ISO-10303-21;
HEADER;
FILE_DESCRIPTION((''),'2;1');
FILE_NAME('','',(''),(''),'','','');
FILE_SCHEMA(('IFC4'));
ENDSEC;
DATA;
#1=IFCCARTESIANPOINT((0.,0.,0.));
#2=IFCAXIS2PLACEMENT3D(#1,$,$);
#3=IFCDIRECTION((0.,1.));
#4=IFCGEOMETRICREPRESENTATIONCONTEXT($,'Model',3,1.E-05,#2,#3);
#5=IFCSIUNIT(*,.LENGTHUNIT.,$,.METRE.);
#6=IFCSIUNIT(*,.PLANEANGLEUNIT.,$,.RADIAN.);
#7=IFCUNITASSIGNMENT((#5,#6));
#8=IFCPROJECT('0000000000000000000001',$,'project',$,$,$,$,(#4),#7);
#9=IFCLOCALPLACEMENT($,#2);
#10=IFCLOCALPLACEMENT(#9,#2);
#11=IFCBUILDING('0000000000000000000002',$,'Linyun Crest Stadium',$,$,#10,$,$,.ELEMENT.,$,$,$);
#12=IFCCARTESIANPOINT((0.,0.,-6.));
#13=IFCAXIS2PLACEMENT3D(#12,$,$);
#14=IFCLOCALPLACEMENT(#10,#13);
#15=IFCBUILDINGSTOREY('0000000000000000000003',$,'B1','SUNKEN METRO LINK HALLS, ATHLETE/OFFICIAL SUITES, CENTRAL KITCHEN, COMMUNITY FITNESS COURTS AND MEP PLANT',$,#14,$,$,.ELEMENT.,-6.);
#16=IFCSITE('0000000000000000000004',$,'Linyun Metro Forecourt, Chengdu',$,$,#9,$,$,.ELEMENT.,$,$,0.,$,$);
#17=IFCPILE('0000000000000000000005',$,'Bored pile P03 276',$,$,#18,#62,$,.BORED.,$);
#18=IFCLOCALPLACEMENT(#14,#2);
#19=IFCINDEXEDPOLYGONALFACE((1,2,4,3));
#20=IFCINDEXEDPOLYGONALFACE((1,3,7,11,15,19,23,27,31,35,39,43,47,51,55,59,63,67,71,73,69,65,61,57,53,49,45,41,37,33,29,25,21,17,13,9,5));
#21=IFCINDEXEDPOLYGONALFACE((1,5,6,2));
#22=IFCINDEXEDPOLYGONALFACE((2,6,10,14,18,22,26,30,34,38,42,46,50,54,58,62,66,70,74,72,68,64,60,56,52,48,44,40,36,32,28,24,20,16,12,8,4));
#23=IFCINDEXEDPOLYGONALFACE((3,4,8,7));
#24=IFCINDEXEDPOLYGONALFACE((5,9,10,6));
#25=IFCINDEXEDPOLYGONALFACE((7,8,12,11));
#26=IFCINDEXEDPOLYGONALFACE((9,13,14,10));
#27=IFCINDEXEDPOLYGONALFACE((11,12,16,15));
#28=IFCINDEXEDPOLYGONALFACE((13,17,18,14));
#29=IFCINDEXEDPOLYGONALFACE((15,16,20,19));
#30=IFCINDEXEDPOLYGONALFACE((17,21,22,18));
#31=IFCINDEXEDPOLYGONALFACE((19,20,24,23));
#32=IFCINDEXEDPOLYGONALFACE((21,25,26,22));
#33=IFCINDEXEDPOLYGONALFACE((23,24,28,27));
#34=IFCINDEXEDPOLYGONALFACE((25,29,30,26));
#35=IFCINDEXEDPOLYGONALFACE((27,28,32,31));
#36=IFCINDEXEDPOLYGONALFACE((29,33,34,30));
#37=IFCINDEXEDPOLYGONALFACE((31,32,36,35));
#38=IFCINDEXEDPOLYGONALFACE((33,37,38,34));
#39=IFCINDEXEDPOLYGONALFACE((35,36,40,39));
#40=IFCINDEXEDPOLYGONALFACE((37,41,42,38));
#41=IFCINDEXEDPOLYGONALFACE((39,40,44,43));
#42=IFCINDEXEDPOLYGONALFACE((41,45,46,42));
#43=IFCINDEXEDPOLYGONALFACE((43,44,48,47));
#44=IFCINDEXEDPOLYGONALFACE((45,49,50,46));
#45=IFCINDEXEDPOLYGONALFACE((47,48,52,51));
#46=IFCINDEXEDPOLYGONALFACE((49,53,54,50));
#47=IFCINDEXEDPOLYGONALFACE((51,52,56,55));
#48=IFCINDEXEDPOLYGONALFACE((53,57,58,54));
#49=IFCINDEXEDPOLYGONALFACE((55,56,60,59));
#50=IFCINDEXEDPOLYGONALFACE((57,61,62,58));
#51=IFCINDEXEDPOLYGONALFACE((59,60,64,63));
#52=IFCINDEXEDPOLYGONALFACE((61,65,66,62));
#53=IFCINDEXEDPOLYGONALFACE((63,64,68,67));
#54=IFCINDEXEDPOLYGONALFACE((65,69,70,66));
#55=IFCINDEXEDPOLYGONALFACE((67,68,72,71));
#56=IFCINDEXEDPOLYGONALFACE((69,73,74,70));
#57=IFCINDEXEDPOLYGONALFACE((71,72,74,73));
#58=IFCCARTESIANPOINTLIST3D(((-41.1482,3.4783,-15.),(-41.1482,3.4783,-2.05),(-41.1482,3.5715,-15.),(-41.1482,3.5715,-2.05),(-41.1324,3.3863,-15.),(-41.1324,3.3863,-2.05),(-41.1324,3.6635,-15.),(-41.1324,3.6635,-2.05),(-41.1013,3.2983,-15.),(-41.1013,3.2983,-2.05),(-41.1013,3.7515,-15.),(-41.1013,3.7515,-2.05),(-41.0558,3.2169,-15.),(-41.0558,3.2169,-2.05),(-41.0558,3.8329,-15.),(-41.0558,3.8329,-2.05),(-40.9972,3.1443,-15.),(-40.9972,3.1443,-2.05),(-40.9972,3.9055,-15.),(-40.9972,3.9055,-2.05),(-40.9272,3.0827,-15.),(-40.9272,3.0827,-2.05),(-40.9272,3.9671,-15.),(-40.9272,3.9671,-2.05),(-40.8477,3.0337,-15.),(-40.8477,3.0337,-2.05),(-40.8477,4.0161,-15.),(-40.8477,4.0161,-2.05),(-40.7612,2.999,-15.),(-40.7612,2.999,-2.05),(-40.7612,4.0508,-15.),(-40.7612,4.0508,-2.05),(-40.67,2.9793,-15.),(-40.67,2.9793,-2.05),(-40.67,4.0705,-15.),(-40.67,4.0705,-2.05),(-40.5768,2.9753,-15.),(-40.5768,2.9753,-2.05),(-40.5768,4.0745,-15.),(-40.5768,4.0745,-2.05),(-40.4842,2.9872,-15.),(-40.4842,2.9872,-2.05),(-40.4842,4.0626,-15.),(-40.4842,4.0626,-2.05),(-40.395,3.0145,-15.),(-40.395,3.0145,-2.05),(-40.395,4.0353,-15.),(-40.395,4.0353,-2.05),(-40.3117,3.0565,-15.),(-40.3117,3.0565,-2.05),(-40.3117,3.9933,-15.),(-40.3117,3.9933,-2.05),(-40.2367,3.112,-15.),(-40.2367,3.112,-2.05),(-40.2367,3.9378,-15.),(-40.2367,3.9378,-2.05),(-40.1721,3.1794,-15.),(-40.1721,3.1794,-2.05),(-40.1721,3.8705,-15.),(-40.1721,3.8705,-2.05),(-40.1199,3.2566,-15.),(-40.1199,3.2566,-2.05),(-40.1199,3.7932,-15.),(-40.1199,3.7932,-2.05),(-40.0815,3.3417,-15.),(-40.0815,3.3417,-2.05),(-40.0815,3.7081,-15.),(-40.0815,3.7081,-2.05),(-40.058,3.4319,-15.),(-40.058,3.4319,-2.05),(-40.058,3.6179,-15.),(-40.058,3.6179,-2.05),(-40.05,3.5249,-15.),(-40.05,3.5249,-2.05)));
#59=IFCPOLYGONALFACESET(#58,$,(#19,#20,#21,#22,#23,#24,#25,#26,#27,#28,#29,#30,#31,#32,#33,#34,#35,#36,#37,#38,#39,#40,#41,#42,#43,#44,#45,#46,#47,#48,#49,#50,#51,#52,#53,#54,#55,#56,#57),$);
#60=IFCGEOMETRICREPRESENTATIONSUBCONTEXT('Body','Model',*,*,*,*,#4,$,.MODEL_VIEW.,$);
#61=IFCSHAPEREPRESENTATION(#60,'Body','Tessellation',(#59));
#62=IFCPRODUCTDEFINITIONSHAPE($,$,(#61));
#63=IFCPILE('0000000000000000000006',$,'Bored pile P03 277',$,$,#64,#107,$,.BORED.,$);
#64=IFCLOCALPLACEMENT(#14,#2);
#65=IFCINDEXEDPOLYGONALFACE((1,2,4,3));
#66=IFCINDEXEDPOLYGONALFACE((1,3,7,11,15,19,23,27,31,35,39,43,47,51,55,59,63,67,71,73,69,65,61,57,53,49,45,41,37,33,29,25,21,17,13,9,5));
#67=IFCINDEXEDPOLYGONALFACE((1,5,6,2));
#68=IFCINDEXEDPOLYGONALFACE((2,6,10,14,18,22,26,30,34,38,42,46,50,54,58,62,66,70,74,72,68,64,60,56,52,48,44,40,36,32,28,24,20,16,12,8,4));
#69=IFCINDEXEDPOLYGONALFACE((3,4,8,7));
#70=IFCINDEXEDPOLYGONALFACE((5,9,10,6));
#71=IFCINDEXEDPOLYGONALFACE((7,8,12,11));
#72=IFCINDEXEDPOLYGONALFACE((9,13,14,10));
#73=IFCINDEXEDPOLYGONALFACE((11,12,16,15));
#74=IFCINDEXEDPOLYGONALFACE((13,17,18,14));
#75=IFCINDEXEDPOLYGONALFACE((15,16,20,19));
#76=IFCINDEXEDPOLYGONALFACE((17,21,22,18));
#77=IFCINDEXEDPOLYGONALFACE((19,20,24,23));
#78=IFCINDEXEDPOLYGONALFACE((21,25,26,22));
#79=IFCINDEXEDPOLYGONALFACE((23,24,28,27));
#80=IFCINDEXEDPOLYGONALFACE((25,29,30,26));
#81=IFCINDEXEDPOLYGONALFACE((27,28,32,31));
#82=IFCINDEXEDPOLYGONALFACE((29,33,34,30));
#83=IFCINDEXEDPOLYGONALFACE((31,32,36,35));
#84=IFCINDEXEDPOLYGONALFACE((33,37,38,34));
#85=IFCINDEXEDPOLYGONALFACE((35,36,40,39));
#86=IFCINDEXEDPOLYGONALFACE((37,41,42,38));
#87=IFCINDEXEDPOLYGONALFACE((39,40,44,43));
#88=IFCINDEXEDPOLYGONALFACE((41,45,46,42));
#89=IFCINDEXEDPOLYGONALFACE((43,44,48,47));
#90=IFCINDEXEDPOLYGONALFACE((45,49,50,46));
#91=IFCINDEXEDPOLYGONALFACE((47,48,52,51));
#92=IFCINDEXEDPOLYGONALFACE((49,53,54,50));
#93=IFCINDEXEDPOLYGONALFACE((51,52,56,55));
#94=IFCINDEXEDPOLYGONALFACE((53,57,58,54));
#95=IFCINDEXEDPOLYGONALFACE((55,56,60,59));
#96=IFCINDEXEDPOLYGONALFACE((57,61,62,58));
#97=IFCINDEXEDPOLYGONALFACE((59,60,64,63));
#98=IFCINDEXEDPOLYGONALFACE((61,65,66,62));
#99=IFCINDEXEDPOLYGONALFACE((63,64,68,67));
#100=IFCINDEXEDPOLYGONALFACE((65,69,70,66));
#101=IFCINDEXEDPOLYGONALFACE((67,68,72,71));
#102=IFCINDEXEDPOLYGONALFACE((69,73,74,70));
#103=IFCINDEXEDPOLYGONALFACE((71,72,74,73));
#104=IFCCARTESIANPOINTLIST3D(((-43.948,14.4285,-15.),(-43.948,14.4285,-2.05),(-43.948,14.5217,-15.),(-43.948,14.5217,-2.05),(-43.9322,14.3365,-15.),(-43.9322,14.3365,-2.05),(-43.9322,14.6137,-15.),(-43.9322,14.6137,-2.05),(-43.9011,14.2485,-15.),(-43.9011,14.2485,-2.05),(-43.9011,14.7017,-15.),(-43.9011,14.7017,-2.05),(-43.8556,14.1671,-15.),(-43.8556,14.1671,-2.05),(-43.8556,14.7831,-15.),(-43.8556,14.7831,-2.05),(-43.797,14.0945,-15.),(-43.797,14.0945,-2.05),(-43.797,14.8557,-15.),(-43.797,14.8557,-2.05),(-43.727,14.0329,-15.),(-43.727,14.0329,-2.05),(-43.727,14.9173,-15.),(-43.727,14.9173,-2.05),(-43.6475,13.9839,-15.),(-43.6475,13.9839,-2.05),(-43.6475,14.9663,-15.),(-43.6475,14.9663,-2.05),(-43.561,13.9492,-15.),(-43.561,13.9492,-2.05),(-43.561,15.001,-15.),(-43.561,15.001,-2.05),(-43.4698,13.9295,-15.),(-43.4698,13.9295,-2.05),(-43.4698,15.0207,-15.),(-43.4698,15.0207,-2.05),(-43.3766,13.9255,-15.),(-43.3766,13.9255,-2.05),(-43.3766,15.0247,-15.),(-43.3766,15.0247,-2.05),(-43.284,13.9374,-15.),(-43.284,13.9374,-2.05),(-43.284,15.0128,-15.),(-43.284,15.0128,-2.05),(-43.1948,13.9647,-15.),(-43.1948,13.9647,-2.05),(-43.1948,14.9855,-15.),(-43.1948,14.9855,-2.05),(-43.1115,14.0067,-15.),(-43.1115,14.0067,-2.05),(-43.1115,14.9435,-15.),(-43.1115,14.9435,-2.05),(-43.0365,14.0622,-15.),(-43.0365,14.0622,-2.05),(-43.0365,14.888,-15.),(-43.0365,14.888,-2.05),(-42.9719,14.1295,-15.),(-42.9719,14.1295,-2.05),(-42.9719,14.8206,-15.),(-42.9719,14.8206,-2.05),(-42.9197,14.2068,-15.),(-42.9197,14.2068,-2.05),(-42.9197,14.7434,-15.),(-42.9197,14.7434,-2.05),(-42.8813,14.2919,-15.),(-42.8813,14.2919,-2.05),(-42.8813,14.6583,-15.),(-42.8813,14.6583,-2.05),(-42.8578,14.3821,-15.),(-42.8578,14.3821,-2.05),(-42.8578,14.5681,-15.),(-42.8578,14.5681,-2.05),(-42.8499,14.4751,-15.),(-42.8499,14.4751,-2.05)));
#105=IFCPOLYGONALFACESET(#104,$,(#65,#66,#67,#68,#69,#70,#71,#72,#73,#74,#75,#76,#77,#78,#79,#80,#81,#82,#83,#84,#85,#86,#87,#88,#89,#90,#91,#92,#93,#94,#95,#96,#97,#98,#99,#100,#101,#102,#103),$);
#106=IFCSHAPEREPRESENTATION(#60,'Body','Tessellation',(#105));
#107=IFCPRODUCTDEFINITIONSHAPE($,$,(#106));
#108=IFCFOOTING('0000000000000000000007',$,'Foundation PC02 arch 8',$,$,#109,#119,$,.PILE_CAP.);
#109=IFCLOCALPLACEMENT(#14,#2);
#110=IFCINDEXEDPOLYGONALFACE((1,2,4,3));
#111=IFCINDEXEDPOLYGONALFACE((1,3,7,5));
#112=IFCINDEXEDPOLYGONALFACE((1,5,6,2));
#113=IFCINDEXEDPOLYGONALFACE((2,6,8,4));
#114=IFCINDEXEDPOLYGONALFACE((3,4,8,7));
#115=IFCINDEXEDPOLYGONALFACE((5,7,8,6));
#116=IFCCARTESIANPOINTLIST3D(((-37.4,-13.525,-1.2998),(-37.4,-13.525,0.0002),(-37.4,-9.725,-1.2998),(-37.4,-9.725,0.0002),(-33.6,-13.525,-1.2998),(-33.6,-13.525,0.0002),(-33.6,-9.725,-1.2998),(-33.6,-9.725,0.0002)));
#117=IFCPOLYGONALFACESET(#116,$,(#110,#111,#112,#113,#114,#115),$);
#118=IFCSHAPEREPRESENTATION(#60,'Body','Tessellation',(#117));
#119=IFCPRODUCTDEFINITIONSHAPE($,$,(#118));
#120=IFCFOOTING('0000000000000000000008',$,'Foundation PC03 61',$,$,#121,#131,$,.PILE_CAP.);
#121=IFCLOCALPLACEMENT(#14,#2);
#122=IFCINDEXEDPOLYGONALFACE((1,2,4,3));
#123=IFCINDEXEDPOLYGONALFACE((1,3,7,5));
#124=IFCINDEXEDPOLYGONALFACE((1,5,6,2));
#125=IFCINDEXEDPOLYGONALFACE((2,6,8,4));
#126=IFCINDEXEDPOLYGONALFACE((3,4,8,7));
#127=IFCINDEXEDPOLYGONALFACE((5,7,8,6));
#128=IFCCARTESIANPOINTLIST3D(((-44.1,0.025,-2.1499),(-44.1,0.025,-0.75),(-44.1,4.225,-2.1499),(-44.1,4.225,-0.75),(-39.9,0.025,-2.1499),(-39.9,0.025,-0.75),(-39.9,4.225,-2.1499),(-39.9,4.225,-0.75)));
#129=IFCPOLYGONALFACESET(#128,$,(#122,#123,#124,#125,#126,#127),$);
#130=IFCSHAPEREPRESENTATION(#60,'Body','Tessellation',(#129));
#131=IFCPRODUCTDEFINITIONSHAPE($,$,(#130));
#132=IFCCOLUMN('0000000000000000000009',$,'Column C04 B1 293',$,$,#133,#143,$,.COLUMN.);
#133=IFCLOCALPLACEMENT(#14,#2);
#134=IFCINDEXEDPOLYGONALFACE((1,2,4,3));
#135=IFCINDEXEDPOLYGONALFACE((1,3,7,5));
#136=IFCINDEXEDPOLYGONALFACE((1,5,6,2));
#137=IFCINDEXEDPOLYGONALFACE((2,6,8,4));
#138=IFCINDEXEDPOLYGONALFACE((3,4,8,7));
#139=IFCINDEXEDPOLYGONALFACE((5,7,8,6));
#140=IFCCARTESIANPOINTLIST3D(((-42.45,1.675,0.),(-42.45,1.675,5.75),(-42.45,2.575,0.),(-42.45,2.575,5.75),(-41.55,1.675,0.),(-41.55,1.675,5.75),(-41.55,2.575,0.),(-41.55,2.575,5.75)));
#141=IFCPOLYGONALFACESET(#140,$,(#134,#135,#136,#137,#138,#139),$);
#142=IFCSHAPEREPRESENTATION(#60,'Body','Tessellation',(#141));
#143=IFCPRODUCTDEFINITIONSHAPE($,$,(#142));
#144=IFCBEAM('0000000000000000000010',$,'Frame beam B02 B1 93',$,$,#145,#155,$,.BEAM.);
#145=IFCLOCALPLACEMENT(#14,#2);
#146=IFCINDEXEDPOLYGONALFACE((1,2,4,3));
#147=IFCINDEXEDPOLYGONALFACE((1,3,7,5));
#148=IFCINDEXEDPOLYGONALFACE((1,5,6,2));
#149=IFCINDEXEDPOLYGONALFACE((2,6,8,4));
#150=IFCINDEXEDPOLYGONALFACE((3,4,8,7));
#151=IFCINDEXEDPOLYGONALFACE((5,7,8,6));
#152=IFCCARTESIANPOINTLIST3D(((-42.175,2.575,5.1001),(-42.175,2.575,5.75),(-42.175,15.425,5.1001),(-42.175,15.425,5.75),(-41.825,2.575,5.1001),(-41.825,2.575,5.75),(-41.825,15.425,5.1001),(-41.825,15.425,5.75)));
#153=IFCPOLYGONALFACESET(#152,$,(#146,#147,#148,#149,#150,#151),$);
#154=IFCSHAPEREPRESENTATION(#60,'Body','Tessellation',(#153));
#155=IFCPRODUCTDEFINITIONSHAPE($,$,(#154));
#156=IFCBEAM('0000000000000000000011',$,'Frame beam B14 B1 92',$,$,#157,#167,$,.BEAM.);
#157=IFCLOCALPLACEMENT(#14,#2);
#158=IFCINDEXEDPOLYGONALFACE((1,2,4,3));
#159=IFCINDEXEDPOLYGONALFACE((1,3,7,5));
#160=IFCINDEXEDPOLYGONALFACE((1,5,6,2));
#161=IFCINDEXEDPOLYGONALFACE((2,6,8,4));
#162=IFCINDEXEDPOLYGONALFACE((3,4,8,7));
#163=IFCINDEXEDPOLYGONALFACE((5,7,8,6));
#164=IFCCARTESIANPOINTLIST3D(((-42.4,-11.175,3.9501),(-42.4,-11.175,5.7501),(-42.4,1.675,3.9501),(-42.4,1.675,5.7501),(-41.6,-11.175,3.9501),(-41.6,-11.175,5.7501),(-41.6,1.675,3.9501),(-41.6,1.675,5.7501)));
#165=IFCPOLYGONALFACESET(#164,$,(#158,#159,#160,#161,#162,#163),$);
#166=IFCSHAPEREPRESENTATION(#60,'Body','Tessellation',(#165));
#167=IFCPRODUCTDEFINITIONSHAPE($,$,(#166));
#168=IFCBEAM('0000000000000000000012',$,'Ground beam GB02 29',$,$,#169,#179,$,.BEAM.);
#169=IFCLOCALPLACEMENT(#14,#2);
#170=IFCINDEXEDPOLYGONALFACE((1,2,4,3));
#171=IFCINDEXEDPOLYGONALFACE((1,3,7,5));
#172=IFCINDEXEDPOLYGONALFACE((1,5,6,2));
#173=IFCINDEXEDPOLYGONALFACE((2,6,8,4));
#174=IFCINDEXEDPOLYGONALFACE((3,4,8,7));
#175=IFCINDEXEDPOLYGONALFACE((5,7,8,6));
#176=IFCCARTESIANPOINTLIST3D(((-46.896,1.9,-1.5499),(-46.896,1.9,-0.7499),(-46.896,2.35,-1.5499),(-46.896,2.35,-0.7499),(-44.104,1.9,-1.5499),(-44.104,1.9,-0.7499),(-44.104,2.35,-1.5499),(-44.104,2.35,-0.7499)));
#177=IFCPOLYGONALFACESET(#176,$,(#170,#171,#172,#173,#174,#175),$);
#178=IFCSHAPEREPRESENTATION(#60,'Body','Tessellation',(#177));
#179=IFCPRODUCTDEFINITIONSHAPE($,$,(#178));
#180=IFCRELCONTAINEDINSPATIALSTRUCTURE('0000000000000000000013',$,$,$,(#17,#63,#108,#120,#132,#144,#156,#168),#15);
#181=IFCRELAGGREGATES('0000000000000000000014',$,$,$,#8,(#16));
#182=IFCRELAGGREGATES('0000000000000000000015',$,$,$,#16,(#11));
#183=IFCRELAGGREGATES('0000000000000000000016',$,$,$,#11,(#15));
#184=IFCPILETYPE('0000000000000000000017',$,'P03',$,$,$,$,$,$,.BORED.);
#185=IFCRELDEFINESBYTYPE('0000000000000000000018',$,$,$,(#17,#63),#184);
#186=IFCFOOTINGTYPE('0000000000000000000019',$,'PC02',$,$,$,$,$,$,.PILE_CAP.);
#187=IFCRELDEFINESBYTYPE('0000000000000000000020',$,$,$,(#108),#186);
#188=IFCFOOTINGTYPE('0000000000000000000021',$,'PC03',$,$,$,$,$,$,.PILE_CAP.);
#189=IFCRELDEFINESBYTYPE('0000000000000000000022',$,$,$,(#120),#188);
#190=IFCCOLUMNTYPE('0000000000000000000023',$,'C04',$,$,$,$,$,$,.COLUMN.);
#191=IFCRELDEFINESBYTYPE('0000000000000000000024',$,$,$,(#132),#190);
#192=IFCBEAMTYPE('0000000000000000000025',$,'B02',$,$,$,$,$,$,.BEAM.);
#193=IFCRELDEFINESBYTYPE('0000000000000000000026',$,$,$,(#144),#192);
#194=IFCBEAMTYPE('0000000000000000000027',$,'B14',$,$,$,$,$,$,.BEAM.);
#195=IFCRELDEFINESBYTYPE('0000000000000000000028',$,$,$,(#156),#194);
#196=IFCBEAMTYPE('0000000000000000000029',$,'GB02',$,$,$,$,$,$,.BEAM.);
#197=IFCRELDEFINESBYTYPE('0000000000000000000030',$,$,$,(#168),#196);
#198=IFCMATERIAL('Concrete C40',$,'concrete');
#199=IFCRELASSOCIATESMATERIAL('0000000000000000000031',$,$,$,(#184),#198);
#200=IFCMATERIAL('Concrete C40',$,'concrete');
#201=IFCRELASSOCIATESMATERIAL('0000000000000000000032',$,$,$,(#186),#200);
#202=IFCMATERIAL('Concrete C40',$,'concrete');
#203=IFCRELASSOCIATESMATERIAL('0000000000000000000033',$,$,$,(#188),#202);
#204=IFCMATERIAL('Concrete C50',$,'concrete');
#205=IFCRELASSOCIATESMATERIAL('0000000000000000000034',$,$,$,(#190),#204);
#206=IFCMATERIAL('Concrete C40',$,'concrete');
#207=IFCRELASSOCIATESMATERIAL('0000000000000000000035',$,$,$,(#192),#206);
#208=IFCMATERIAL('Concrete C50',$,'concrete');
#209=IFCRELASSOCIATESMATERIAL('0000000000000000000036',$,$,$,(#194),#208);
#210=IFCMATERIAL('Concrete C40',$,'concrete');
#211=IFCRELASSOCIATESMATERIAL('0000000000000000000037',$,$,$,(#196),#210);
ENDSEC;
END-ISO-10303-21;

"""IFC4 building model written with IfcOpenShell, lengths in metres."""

from ifc_helpers import new_model, si_unit, direction, frame, origin, origin_2d, place, context, subcontext, project, spatial, rectangle, circle, extrude, material, material_profile, profile_set, type_object, element, save


model = new_model("IFC4")

# Units and contexts
model_context = context("Model", 3, precision=1e-05, world=origin(), true_north=direction((0.0, 1.0)))
body_context = subcontext(model_context, "Body", "Model", "MODEL_VIEW")
ifc_project = project(units=[si_unit("LENGTHUNIT", "METRE"), si_unit("PLANEANGLEUNIT", "RADIAN")], contexts=[model_context])

# Site, building, storey
site_placement = place(None, origin())
site = spatial("IfcSite", under=ifc_project, at=site_placement, Name="Linyun Metro Forecourt, Chengdu", CompositionType="ELEMENT", RefElevation=0.0)
building_placement = place(site_placement, origin())
building = spatial("IfcBuilding", under=site, at=building_placement, Name="Linyun Crest Stadium", CompositionType="ELEMENT")
storey_placement = place(building_placement, frame((0.0, 0.0, -6.0)))
storey = spatial("IfcBuildingStorey", under=building, at=storey_placement, Name="B1", Description="SUNKEN METRO LINK HALLS, ATHLETE/OFFICIAL SUITES, CENTRAL KITCHEN, COMMUNITY FITNESS COURTS AND MEP PLANT", CompositionType="ELEMENT", Elevation=-6.0)

# Piles
ifc_material_1 = material(Name="Concrete C40", Category="concrete")
ifc_material_profile_1 = material_profile(ifc_material_1, circle(Radius=0.55, at=origin_2d()), Name="BORED PILE 1100")
ifc_profile_set_1 = profile_set([ifc_material_profile_1], Name="Concrete C40")
pile_type_1 = type_object("IfcPileType", Name="P03", PredefinedType="BORED", material=ifc_profile_set_1)
for number, where, z_axis, x_axis, name in (
    (1, (-40.6001, 3.5249, -2.05), (0.0, 0.0, -1.0), (1.0, 0.0, 0.0), "Bored pile P03 276"),
    (2, (-43.3999, 14.4751, -2.05), (0.0, 0.0, -1.0), (1.0, 0.0, 0.0), "Bored pile P03 277"),
):
    element("IfcPile", number, at=place(storey_placement, frame(where, z_axis=z_axis, x_axis=x_axis)), inside=storey, type_object=pile_type_1, Name=name, PredefinedType="BORED", context=body_context, shape_type="SweptSolid", body=[
        extrude(circle(Radius=0.55, at=origin_2d()), origin(), (0.0, 0.0, 1.0), 12.95),
    ])

# Footings
ifc_material_2 = material(Name="Concrete C40", Category="concrete")
footing_type_1 = type_object("IfcFootingType", Name="PC02", PredefinedType="PILE_CAP", material=ifc_material_2)
footing_1_placement = place(storey_placement, frame((-35.5, -11.625, -1.2998), z_axis=(0.0, 0.0, 1.0), x_axis=(1.0, 0.0, 0.0)))
element("IfcFooting", 3, at=footing_1_placement, inside=storey, type_object=footing_type_1, Name="Foundation PC02 arch 8", PredefinedType="PILE_CAP", context=body_context, shape_type="SweptSolid", body=[
    extrude(rectangle(XDim=3.8, YDim=3.8, at=origin_2d()), origin(), (0.0, 0.0, 1.0), 1.3),
])
ifc_material_3 = material(Name="Concrete C40", Category="concrete")
footing_type_2 = type_object("IfcFootingType", Name="PC03", PredefinedType="PILE_CAP", material=ifc_material_3)
footing_2_placement = place(storey_placement, frame((-42.0, 2.125, -2.1499), z_axis=(0.0, 0.0, 1.0), x_axis=(1.0, 0.0, 0.0)))
element("IfcFooting", 4, at=footing_2_placement, inside=storey, type_object=footing_type_2, Name="Foundation PC03 61", PredefinedType="PILE_CAP", context=body_context, shape_type="SweptSolid", body=[
    extrude(rectangle(XDim=4.2, YDim=4.2, at=origin_2d()), origin(), (0.0, 0.0, 1.0), 1.3999),
])

# Column
ifc_material_4 = material(Name="Concrete C50", Category="concrete")
ifc_material_profile_2 = material_profile(ifc_material_4, rectangle(XDim=0.8999, YDim=0.8999, at=origin_2d()), Name="RC 900x900")
ifc_profile_set_2 = profile_set([ifc_material_profile_2], Name="Concrete C50")
column_type = type_object("IfcColumnType", Name="C04", PredefinedType="COLUMN", material=ifc_profile_set_2)
column_placement = place(storey_placement, frame((-42.0, 2.125, 0.0), z_axis=(0.0, 0.0, 1.0), x_axis=(1.0, 0.0, 0.0)))
element("IfcColumn", 5, at=column_placement, inside=storey, type_object=column_type, Name="Column C04 B1 293", PredefinedType="COLUMN", context=body_context, shape_type="SweptSolid", body=[
    extrude(rectangle(XDim=0.8999, YDim=0.8999, at=origin_2d()), origin(), (0.0, 0.0, 1.0), 5.75),
])

# Beams
ifc_material_5 = material(Name="Concrete C40", Category="concrete")
ifc_material_profile_3 = material_profile(ifc_material_5, rectangle(XDim=0.3501, YDim=0.6499, at=origin_2d()), Name="RCB 650x350")
ifc_profile_set_3 = profile_set([ifc_material_profile_3], Name="Concrete C40")
beam_type_1 = type_object("IfcBeamType", Name="B02", PredefinedType="BEAM", material=ifc_profile_set_3)
beam_1_placement = place(storey_placement, frame((-42.0, 2.575, 5.425), z_axis=(0.0, 1.0, 0.0), x_axis=(-1.0, 0.0, 0.0)))
element("IfcBeam", 6, at=beam_1_placement, inside=storey, type_object=beam_type_1, Name="Frame beam B02 B1 93", PredefinedType="BEAM", context=body_context, shape_type="SweptSolid", body=[
    extrude(rectangle(XDim=0.3501, YDim=0.6499, at=origin_2d()), origin(), (0.0, 0.0, 1.0), 12.8501),
])
ifc_material_6 = material(Name="Concrete C50", Category="concrete")
ifc_material_profile_4 = material_profile(ifc_material_6, rectangle(XDim=0.8, YDim=1.8, at=origin_2d()), Name="RCB 1800x800")
ifc_profile_set_4 = profile_set([ifc_material_profile_4], Name="Concrete C50")
beam_type_2 = type_object("IfcBeamType", Name="B14", PredefinedType="BEAM", material=ifc_profile_set_4)
beam_2_placement = place(storey_placement, frame((-42.0, -11.175, 4.8501), z_axis=(0.0, 1.0, 0.0), x_axis=(-1.0, 0.0, 0.0)))
element("IfcBeam", 7, at=beam_2_placement, inside=storey, type_object=beam_type_2, Name="Frame beam B14 B1 92", PredefinedType="BEAM", context=body_context, shape_type="SweptSolid", body=[
    extrude(rectangle(XDim=0.8, YDim=1.8, at=origin_2d()), origin(), (0.0, 0.0, 1.0), 12.8501),
])
ifc_material_7 = material(Name="Concrete C40", Category="concrete")
ifc_material_profile_5 = material_profile(ifc_material_7, rectangle(XDim=0.45, YDim=0.8, at=origin_2d()), Name="RCB 800x450")
ifc_profile_set_5 = profile_set([ifc_material_profile_5], Name="Concrete C40")
beam_type_3 = type_object("IfcBeamType", Name="GB02", PredefinedType="BEAM", material=ifc_profile_set_5)
beam_3_placement = place(storey_placement, frame((-46.896, 2.125, -1.1499), z_axis=(1.0, 0.0, 0.0), x_axis=(0.0, 1.0, 0.0)))
element("IfcBeam", 8, at=beam_3_placement, inside=storey, type_object=beam_type_3, Name="Ground beam GB02 29", PredefinedType="BEAM", context=body_context, shape_type="SweptSolid", body=[
    extrude(rectangle(XDim=0.45, YDim=0.8, at=origin_2d()), origin(), (0.0, 0.0, 1.0), 2.792),
])

save(model, "model.ifc")
